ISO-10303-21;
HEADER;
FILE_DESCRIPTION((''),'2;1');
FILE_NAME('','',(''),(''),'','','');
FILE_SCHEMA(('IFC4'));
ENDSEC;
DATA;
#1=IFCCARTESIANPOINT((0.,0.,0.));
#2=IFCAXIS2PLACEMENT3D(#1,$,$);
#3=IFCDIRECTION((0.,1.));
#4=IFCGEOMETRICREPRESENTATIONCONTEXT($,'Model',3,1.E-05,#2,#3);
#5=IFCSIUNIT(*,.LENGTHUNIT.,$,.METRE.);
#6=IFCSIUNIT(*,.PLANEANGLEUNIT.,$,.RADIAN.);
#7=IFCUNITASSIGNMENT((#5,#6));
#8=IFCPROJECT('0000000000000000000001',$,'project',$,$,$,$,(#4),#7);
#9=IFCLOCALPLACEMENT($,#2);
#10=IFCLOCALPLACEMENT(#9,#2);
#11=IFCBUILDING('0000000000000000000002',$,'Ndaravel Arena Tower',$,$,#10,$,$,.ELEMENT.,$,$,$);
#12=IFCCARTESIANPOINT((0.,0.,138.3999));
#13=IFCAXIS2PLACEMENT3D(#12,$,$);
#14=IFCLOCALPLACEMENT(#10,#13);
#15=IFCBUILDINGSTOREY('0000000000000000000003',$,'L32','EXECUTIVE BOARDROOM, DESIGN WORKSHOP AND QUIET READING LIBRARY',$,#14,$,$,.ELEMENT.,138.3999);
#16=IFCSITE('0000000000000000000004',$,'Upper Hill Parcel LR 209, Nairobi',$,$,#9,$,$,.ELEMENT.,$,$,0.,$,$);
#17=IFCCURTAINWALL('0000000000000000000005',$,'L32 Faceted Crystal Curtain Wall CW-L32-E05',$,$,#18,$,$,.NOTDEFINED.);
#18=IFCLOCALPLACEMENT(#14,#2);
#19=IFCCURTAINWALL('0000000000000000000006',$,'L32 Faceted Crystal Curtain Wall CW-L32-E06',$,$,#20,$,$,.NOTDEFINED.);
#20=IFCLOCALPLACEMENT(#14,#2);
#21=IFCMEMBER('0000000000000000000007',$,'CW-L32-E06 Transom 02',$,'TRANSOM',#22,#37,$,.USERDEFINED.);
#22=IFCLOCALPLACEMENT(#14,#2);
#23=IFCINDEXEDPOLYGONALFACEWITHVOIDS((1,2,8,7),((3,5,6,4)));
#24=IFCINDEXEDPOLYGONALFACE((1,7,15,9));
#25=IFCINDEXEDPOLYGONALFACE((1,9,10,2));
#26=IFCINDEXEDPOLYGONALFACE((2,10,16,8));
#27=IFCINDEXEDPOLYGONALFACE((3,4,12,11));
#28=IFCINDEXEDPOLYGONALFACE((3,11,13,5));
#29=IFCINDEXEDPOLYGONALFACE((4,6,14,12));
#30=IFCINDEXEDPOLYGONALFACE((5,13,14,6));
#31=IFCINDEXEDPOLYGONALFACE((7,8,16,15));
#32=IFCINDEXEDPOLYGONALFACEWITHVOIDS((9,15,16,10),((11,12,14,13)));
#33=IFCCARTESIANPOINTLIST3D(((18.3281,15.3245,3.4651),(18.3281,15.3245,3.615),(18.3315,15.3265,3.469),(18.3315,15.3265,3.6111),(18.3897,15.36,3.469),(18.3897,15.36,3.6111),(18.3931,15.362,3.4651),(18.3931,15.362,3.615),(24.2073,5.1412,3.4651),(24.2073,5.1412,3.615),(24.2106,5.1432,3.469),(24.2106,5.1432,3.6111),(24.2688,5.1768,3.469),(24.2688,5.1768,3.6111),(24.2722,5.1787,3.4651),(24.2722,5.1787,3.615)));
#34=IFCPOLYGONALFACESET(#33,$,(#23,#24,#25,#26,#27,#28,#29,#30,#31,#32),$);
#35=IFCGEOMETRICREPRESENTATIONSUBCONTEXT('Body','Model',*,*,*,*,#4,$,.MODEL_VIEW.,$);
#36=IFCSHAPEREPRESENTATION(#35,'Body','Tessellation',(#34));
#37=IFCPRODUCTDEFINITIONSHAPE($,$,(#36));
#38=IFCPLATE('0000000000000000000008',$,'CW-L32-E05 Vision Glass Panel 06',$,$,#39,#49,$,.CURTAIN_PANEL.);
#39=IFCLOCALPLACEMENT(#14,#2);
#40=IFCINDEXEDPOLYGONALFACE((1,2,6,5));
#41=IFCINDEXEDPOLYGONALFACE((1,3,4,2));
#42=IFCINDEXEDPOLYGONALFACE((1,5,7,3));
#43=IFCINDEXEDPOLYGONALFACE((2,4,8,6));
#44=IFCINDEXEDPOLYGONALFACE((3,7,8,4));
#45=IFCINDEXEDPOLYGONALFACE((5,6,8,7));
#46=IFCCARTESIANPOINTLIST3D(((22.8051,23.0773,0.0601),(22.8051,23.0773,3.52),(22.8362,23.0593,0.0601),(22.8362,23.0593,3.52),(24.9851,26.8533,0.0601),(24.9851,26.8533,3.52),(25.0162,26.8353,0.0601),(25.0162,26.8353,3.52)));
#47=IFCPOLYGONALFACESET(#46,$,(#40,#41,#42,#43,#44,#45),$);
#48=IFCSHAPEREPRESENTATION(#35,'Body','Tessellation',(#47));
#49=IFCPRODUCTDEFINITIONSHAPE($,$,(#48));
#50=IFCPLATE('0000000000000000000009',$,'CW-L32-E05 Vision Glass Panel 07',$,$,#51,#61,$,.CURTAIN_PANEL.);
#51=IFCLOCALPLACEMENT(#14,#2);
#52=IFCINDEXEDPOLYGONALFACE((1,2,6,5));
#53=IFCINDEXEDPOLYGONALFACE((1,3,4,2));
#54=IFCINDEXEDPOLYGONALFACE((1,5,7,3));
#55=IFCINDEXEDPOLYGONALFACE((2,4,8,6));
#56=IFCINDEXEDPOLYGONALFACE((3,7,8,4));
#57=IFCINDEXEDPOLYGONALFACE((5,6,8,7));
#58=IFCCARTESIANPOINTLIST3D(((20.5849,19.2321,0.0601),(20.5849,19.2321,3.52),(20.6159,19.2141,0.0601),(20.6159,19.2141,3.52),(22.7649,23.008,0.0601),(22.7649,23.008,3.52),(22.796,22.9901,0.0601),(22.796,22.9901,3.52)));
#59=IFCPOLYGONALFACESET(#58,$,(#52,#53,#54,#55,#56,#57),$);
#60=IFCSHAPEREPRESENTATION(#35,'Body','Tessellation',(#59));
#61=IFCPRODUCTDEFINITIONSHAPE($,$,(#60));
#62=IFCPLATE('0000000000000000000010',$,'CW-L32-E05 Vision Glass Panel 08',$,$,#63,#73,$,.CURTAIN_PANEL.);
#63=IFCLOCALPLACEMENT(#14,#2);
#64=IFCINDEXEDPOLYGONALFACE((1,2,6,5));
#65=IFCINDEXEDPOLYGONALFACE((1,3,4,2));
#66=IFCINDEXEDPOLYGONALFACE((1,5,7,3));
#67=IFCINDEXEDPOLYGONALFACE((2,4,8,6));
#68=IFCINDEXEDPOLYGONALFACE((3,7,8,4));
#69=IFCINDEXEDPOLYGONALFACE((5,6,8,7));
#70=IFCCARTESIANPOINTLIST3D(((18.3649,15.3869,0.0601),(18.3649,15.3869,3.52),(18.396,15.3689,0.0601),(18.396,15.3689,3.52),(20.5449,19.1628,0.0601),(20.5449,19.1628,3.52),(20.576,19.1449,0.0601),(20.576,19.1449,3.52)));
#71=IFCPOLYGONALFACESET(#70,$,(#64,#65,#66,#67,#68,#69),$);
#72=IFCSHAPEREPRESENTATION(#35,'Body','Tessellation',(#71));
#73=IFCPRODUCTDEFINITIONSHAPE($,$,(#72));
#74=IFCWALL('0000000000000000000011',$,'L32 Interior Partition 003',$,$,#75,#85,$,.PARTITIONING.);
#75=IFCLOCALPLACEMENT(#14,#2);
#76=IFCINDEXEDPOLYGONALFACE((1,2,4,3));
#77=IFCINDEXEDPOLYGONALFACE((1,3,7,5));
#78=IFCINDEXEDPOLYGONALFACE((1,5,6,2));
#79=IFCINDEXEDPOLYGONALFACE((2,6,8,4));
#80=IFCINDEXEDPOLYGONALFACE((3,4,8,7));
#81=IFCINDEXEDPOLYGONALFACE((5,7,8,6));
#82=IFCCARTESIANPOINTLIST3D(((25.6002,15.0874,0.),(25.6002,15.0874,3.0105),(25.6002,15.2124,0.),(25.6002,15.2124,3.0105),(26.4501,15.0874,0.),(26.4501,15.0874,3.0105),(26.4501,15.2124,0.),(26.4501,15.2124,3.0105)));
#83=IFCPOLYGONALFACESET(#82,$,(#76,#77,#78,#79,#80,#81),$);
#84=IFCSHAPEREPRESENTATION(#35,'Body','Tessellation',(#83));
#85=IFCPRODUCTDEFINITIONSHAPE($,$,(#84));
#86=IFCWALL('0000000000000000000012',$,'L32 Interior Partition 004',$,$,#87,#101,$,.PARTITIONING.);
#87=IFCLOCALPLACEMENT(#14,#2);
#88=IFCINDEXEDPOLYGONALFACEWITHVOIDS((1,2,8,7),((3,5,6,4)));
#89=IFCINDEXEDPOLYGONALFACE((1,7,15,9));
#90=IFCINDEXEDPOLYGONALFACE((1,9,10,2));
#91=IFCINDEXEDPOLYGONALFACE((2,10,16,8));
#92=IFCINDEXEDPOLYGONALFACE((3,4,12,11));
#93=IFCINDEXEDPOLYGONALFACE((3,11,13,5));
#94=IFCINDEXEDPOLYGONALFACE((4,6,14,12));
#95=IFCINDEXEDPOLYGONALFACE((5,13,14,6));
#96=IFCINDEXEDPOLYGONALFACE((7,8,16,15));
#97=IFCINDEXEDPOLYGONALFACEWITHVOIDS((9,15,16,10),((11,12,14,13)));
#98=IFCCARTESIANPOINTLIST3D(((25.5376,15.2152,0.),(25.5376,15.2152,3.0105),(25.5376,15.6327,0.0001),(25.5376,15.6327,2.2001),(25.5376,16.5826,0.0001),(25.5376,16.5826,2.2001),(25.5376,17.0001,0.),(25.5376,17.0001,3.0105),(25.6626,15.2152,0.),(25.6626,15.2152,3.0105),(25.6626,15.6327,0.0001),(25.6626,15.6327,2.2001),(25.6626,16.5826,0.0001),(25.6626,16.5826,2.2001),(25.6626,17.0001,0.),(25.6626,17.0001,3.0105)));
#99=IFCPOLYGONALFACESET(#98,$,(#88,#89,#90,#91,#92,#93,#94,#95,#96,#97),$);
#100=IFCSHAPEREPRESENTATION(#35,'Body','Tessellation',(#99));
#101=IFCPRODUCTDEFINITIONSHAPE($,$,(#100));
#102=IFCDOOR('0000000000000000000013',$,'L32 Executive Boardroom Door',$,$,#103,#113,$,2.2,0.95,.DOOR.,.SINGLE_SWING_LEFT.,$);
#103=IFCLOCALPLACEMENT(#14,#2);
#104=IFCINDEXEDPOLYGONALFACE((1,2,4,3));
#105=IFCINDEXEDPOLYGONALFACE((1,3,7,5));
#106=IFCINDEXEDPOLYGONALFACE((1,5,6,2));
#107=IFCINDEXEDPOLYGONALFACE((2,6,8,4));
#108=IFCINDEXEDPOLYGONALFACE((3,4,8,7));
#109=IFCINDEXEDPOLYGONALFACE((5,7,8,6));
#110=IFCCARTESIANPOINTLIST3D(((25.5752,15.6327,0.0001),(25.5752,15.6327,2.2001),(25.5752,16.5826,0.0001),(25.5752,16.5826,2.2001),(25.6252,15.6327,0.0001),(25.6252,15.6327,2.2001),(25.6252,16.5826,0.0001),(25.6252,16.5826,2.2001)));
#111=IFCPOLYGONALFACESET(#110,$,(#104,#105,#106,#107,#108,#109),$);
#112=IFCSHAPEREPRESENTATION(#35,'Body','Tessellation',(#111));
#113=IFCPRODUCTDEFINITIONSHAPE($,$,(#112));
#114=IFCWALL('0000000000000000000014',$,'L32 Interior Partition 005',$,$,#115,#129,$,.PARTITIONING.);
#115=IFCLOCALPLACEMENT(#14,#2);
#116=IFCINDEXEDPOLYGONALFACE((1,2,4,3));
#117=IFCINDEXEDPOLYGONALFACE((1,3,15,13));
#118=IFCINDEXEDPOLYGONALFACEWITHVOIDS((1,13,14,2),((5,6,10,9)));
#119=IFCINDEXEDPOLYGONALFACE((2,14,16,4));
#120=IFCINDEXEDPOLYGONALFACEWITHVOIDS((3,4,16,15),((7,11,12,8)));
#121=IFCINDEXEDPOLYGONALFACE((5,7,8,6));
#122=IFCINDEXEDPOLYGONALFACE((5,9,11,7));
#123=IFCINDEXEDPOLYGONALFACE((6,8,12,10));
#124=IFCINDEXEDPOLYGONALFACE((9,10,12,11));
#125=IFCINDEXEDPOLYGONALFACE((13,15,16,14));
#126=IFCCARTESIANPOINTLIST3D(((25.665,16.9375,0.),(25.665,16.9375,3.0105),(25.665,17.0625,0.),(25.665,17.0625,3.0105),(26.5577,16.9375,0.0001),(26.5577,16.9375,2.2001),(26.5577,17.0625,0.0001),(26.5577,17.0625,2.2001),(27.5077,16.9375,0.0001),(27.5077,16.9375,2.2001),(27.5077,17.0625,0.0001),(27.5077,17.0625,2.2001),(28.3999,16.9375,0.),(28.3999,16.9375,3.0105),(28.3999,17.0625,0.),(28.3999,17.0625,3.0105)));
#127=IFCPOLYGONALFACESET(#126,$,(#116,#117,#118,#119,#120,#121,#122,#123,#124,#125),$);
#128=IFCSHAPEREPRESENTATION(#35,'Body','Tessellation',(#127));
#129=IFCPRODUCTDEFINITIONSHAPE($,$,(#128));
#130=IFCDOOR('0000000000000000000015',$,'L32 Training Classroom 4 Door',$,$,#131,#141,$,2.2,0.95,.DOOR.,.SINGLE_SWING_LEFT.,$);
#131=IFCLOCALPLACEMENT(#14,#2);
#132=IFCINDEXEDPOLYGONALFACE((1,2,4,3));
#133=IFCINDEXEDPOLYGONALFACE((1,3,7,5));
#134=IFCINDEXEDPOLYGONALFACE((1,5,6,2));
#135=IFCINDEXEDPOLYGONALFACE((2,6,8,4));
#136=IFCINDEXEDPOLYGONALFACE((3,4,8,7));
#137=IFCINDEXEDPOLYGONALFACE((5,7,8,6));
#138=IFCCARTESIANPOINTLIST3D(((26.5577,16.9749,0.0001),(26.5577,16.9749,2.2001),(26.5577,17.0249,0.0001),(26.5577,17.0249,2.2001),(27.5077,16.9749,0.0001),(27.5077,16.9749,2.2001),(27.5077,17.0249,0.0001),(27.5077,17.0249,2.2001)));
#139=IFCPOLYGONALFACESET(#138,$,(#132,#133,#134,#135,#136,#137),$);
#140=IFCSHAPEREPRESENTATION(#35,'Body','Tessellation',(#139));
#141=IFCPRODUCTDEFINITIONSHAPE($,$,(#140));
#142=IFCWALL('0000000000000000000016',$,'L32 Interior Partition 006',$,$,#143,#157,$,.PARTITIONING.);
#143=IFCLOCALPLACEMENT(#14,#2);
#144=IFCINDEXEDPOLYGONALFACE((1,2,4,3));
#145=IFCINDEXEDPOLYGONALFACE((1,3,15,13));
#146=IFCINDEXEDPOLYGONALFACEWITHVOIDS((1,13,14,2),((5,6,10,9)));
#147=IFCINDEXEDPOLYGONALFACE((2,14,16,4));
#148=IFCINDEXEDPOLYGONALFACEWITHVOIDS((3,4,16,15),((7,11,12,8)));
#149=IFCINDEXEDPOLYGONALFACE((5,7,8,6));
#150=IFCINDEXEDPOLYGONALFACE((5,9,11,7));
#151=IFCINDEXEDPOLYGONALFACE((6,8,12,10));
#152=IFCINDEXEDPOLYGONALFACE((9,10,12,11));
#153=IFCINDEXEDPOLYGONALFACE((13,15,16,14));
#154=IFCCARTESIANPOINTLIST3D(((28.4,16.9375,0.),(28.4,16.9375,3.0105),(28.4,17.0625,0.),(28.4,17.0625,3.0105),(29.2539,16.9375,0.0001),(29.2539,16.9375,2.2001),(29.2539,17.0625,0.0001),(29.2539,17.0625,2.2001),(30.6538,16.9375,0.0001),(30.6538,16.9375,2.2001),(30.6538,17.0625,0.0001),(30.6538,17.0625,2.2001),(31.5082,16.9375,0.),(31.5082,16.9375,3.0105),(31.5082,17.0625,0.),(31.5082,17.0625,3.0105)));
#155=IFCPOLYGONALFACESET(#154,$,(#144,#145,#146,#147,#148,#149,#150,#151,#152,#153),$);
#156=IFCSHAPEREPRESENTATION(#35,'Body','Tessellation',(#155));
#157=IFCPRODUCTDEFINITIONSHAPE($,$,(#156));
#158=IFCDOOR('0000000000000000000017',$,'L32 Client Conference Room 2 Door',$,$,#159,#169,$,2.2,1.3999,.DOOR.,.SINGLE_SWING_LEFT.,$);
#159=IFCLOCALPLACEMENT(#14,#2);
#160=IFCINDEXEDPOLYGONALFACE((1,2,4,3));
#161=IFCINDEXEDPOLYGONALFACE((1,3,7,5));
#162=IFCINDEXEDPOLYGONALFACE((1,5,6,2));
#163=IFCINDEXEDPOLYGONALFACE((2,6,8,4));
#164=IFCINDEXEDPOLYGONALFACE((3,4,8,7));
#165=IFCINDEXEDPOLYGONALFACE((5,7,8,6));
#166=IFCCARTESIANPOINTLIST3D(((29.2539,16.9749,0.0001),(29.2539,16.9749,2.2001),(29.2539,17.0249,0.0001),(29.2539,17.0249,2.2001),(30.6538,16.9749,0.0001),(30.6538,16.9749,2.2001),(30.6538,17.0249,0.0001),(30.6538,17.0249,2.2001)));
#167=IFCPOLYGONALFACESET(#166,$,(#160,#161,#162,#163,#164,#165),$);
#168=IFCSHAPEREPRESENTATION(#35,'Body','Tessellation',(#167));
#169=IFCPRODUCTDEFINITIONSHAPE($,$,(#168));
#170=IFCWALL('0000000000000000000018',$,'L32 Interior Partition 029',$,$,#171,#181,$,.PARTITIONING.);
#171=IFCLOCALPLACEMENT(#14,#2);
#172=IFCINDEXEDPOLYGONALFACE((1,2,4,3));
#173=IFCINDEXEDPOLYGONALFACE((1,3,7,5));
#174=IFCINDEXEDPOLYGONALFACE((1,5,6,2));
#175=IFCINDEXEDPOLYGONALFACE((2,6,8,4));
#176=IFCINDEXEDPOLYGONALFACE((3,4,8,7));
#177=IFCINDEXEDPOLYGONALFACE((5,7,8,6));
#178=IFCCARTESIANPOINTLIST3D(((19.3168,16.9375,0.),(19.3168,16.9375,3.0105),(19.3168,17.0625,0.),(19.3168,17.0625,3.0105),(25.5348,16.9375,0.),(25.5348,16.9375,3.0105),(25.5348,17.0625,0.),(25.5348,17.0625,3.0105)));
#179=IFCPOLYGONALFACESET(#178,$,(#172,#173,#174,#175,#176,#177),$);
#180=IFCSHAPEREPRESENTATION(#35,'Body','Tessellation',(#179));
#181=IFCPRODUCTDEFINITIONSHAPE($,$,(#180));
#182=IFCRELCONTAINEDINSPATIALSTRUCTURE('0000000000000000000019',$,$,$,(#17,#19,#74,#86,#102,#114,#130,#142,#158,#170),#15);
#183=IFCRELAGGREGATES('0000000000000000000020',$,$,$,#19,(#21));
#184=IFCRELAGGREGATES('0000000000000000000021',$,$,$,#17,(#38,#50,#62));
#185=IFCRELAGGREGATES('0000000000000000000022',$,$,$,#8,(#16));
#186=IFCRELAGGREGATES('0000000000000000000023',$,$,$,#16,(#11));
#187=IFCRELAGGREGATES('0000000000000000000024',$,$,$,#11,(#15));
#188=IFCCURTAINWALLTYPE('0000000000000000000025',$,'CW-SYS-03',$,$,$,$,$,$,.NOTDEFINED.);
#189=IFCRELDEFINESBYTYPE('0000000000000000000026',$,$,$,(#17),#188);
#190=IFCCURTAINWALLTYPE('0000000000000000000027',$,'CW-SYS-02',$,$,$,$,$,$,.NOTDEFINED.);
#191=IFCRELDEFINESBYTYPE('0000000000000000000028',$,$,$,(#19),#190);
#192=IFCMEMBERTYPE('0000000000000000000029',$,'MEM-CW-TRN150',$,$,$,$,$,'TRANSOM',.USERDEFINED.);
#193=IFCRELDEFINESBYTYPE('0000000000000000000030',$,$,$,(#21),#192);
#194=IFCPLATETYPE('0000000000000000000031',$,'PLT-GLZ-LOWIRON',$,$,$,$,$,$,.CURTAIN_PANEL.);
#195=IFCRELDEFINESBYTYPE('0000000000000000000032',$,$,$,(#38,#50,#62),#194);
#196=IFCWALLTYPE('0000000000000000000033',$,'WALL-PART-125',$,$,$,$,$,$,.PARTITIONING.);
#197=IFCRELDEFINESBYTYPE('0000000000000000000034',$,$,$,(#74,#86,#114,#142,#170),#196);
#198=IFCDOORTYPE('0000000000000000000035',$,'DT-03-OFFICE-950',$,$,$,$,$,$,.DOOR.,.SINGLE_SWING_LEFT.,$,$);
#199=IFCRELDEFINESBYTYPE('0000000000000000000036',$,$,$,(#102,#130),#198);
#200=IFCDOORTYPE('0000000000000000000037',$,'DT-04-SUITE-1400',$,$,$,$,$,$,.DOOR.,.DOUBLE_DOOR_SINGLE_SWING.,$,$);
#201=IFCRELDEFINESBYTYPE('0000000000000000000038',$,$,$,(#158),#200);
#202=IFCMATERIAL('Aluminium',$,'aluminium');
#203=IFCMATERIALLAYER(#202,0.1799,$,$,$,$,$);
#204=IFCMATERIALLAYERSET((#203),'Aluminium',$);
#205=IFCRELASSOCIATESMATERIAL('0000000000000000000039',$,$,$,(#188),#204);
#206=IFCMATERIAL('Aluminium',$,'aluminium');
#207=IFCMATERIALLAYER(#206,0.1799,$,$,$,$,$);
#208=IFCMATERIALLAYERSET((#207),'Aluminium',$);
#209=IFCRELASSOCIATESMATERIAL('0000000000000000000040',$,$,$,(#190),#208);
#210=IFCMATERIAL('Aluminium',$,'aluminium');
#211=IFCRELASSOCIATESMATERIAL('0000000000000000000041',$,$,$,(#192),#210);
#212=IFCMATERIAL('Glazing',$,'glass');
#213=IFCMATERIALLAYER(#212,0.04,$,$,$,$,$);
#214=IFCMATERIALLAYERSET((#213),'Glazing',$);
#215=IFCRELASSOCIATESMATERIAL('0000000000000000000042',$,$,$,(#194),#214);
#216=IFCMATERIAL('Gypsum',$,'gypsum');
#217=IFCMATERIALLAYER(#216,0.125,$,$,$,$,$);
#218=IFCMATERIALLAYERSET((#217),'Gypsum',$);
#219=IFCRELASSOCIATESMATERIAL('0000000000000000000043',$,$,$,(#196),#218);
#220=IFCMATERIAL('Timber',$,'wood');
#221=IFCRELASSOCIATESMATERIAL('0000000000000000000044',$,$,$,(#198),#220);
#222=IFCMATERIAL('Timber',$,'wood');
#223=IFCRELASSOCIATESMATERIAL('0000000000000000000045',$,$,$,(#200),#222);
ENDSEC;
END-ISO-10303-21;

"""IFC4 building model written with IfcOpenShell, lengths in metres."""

from ifc_helpers import new_model, si_unit, direction, frame, frame_2d, origin, origin_2d, place, context, subcontext, project, spatial, rectangle, hollow_rectangle, extrude, material, layer, layer_set, material_profile, profile_set, type_object, element, fill, aggregate, save


model = new_model("IFC4")

# Units and contexts
model_context = context("Model", 3, precision=1e-05, world=origin(), true_north=direction((0.0, 1.0)))
body_context = subcontext(model_context, "Body", "Model", "MODEL_VIEW")
ifc_project = project(units=[si_unit("LENGTHUNIT", "METRE"), si_unit("PLANEANGLEUNIT", "RADIAN")], contexts=[model_context])

# Site, building, storey
site_placement = place(None, origin())
site = spatial("IfcSite", under=ifc_project, at=site_placement, Name="Upper Hill Parcel LR 209, Nairobi", CompositionType="ELEMENT", RefElevation=0.0)
building_placement = place(site_placement, origin())
building = spatial("IfcBuilding", under=site, at=building_placement, Name="Ndaravel Arena Tower", CompositionType="ELEMENT")
storey_placement = place(building_placement, frame((0.0, 0.0, 138.3999)))
storey = spatial("IfcBuildingStorey", under=building, at=storey_placement, Name="L32", Description="EXECUTIVE BOARDROOM, DESIGN WORKSHOP AND QUIET READING LIBRARY", CompositionType="ELEMENT", Elevation=138.3999)

# Curtain walls, member
ifc_material_1 = material(Name="Aluminium", Category="aluminium")
ifc_layer_1 = layer(ifc_material_1, 0.1799)
ifc_layer_set_1 = layer_set([ifc_layer_1], Name="Aluminium")
curtain_wall_type_1 = type_object("IfcCurtainWallType", Name="CW-SYS-03", PredefinedType="NOTDEFINED", material=ifc_layer_set_1)
curtain_wall_1_placement = place(storey_placement, origin())
curtain_wall_1 = element("IfcCurtainWall", 1, at=curtain_wall_1_placement, inside=storey, type_object=curtain_wall_type_1, Name="L32 Faceted Crystal Curtain Wall CW-L32-E05", PredefinedType="NOTDEFINED")
ifc_material_2 = material(Name="Aluminium", Category="aluminium")
ifc_layer_2 = layer(ifc_material_2, 0.1799)
ifc_layer_set_2 = layer_set([ifc_layer_2], Name="Aluminium")
curtain_wall_type_2 = type_object("IfcCurtainWallType", Name="CW-SYS-02", PredefinedType="NOTDEFINED", material=ifc_layer_set_2)
curtain_wall_2_placement = place(storey_placement, origin())
curtain_wall_2 = element("IfcCurtainWall", 2, at=curtain_wall_2_placement, inside=storey, type_object=curtain_wall_type_2, Name="L32 Faceted Crystal Curtain Wall CW-L32-E06", PredefinedType="NOTDEFINED")
ifc_material_3 = material(Name="Aluminium", Category="aluminium")
ifc_material_profile_1 = material_profile(ifc_material_3, hollow_rectangle(XDim=0.075, YDim=0.1499, WallThickness=0.0039, at=origin_2d()), Name="CW TRANSOM 75x150x4")
ifc_profile_set_1 = profile_set([ifc_material_profile_1], Name="Aluminium")
member_type_1 = type_object("IfcMemberType", Name="MEM-CW-TRN150", ElementType="TRANSOM", PredefinedType="USERDEFINED", material=ifc_profile_set_1)
member_1_placement = place(storey_placement, frame((18.3606, 15.3433, 3.54), z_axis=(0.499987, -0.866033, 0.0), x_axis=(0.866033, 0.499987, 0.0)))
member_1 = element("IfcMember", 3, at=member_1_placement, type_object=member_type_1, Name="CW-L32-E06 Transom 02", ObjectType="TRANSOM", PredefinedType="USERDEFINED", context=body_context, shape_type="SweptSolid", body=[
    extrude(hollow_rectangle(XDim=0.075, YDim=0.1499, WallThickness=0.0039, at=origin_2d()), origin(), (0.0, 0.0, 1.0), 11.7585),
])
aggregate(curtain_wall_2, [member_1])

# Plates
ifc_material_4 = material(Name="Glazing", Category="glass")
ifc_layer_3 = layer(ifc_material_4, 0.04)
ifc_layer_set_3 = layer_set([ifc_layer_3], Name="Glazing")
plate_type = type_object("IfcPlateType", Name="PLT-GLZ-LOWIRON", PredefinedType="CURTAIN_PANEL", material=ifc_layer_set_3)
plate_1_placement = place(storey_placement, frame((23.9106, 24.9563, 0.0601), z_axis=(0.0, 0.0, 1.0), x_axis=(-0.5, -0.866025, 0.0)))
plate_1 = element("IfcPlate", 4, at=plate_1_placement, type_object=plate_type, Name="CW-L32-E05 Vision Glass Panel 06", PredefinedType="CURTAIN_PANEL", context=body_context, shape_type="SweptSolid", body=[
    extrude(rectangle(XDim=4.3601, YDim=0.0359, at=origin_2d()), origin(), (0.0, 0.0, 1.0), 3.46),
])
plate_2_placement = place(storey_placement, frame((21.6904, 21.1111, 0.0601), z_axis=(0.0, 0.0, 1.0), x_axis=(-0.5, -0.866025, 0.0)))
plate_2 = element("IfcPlate", 5, at=plate_2_placement, type_object=plate_type, Name="CW-L32-E05 Vision Glass Panel 07", PredefinedType="CURTAIN_PANEL", context=body_context, shape_type="SweptSolid", body=[
    extrude(rectangle(XDim=4.3601, YDim=0.0359, at=origin_2d()), origin(), (0.0, 0.0, 1.0), 3.46),
])
plate_3_placement = place(storey_placement, frame((19.4705, 17.2659, 0.0601), z_axis=(0.0, 0.0, 1.0), x_axis=(-0.5, -0.866025, 0.0)))
plate_3 = element("IfcPlate", 6, at=plate_3_placement, type_object=plate_type, Name="CW-L32-E05 Vision Glass Panel 08", PredefinedType="CURTAIN_PANEL", context=body_context, shape_type="SweptSolid", body=[
    extrude(rectangle(XDim=4.3601, YDim=0.0359, at=origin_2d()), origin(), (0.0, 0.0, 1.0), 3.46),
])
aggregate(curtain_wall_1, [plate_1, plate_2, plate_3])

# Wall
ifc_material_5 = material(Name="Gypsum", Category="gypsum")
ifc_layer_4 = layer(ifc_material_5, 0.125)
ifc_layer_set_4 = layer_set([ifc_layer_4], Name="Gypsum")
wall_type_1 = type_object("IfcWallType", Name="WALL-PART-125", PredefinedType="PARTITIONING", material=ifc_layer_set_4)
wall_1_placement = place(storey_placement, frame((26.45, 15.1499, 0.0), z_axis=(0.0, 0.0, 1.0), x_axis=(-1.0, 0.0, 0.0)))
element("IfcWall", 7, at=wall_1_placement, inside=storey, type_object=wall_type_1, Name="L32 Interior Partition 003", PredefinedType="PARTITIONING", context=body_context, shape_type="SweptSolid", body=[
    extrude(rectangle(XDim=0.8499, YDim=0.125, at=frame_2d((0.4248, 0.0))), origin(), (0.0, 0.0, 1.0), 3.0105),
])

# Walls, openings, doors
wall_2_placement = place(storey_placement, frame((25.6001, 15.2151, 0.0), z_axis=(0.0, 0.0, 1.0), x_axis=(0.0, 1.0, 0.0)))
wall_2 = element("IfcWall", 8, at=wall_2_placement, inside=storey, type_object=wall_type_1, Name="L32 Interior Partition 004", PredefinedType="PARTITIONING", context=body_context, shape_type="SweptSolid", body=[
    extrude(rectangle(XDim=1.7849, YDim=0.125, at=frame_2d((0.8926, 0.0))), origin(), (0.0, 0.0, 1.0), 3.0105),
])
opening_1_placement = place(wall_2_placement, frame((0.4175, 0.0, 0.0)))
opening_1 = element("IfcOpeningElement", 9, at=opening_1_placement, cuts=wall_2, PredefinedType="OPENING", context=body_context, shape_type="SweptSolid", body=[
    extrude(rectangle(XDim=0.95, YDim=2.2, at=frame_2d((0.4751, 1.1001))), frame((0.0, 0.0625, 0.0), z_axis=(0.0, -1.0, 0.0), x_axis=(1.0, 0.0, 0.0)), (0.0, 0.0, 1.0), 0.125),
])
ifc_material_6 = material(Name="Timber", Category="wood")
door_type_1 = type_object("IfcDoorType", Name="DT-03-OFFICE-950", OperationType="SINGLE_SWING_LEFT", PredefinedType="DOOR", material=ifc_material_6)
door_1_placement = place(opening_1_placement, origin())
door_1 = element("IfcDoor", 10, at=door_1_placement, inside=storey, type_object=door_type_1, Name="L32 Executive Boardroom Door", OperationType="SINGLE_SWING_LEFT", OverallHeight=2.2, OverallWidth=0.95, PredefinedType="DOOR", context=body_context, shape_type="SweptSolid", body=[
    extrude(rectangle(XDim=0.95, YDim=2.2, at=frame_2d((0.4751, 1.1001))), frame((0.0, 0.0249, 0.0), z_axis=(0.0, -1.0, 0.0), x_axis=(1.0, 0.0, 0.0)), (0.0, 0.0, 1.0), 0.05),
])
fill(opening_1, door_1)
wall_3_placement = place(storey_placement, frame((25.665, 17.0, 0.0), z_axis=(0.0, 0.0, 1.0), x_axis=(1.0, 0.0, 0.0)))
wall_3 = element("IfcWall", 11, at=wall_3_placement, inside=storey, type_object=wall_type_1, Name="L32 Interior Partition 005", PredefinedType="PARTITIONING", context=body_context, shape_type="SweptSolid", body=[
    extrude(rectangle(XDim=2.7349, YDim=0.125, at=frame_2d((1.3674, 0.0))), origin(), (0.0, 0.0, 1.0), 3.0105),
])
opening_2_placement = place(wall_3_placement, frame((0.8926, 0.0, 0.0)))
opening_2 = element("IfcOpeningElement", 12, at=opening_2_placement, cuts=wall_3, PredefinedType="OPENING", context=body_context, shape_type="SweptSolid", body=[
    extrude(rectangle(XDim=0.95, YDim=2.2, at=frame_2d((0.4751, 1.1001))), frame((0.0, 0.0625, 0.0), z_axis=(0.0, -1.0, 0.0), x_axis=(1.0, 0.0, 0.0)), (0.0, 0.0, 1.0), 0.125),
])
door_2_placement = place(opening_2_placement, origin())
door_2 = element("IfcDoor", 13, at=door_2_placement, inside=storey, type_object=door_type_1, Name="L32 Training Classroom 4 Door", OperationType="SINGLE_SWING_LEFT", OverallHeight=2.2, OverallWidth=0.95, PredefinedType="DOOR", context=body_context, shape_type="SweptSolid", body=[
    extrude(rectangle(XDim=0.95, YDim=2.2, at=frame_2d((0.4751, 1.1001))), frame((0.0, 0.0249, 0.0), z_axis=(0.0, -1.0, 0.0), x_axis=(1.0, 0.0, 0.0)), (0.0, 0.0, 1.0), 0.05),
])
fill(opening_2, door_2)
wall_4_placement = place(storey_placement, frame((28.3999, 17.0, 0.0), z_axis=(0.0, 0.0, 1.0), x_axis=(1.0, 0.0, 0.0)))
wall_4 = element("IfcWall", 14, at=wall_4_placement, inside=storey, type_object=wall_type_1, Name="L32 Interior Partition 006", PredefinedType="PARTITIONING", context=body_context, shape_type="SweptSolid", body=[
    extrude(rectangle(XDim=3.1082, YDim=0.125, at=frame_2d((1.5542, 0.0))), origin(), (0.0, 0.0, 1.0), 3.0105),
])
opening_3_placement = place(wall_4_placement, frame((0.854, 0.0, 0.0)))
opening_3 = element("IfcOpeningElement", 15, at=opening_3_placement, cuts=wall_4, PredefinedType="OPENING", context=body_context, shape_type="SweptSolid", body=[
    extrude(rectangle(XDim=1.3999, YDim=2.2, at=frame_2d((0.7, 1.1001))), frame((0.0, 0.0625, 0.0), z_axis=(0.0, -1.0, 0.0), x_axis=(1.0, 0.0, 0.0)), (0.0, 0.0, 1.0), 0.125),
])
ifc_material_7 = material(Name="Timber", Category="wood")
door_type_2 = type_object("IfcDoorType", Name="DT-04-SUITE-1400", OperationType="DOUBLE_DOOR_SINGLE_SWING", PredefinedType="DOOR", material=ifc_material_7)
door_3_placement = place(opening_3_placement, origin())
door_3 = element("IfcDoor", 16, at=door_3_placement, inside=storey, type_object=door_type_2, Name="L32 Client Conference Room 2 Door", OperationType="SINGLE_SWING_LEFT", OverallHeight=2.2, OverallWidth=1.3999, PredefinedType="DOOR", context=body_context, shape_type="SweptSolid", body=[
    extrude(rectangle(XDim=1.3999, YDim=2.2, at=frame_2d((0.7, 1.1001))), frame((0.0, 0.0249, 0.0), z_axis=(0.0, -1.0, 0.0), x_axis=(1.0, 0.0, 0.0)), (0.0, 0.0, 1.0), 0.05),
])
fill(opening_3, door_3)

# Wall
wall_5_placement = place(storey_placement, frame((19.3169, 17.0, 0.0), z_axis=(0.0, 0.0, 1.0), x_axis=(1.0, 0.0, 0.0)))
element("IfcWall", 17, at=wall_5_placement, inside=storey, type_object=wall_type_1, Name="L32 Interior Partition 029", PredefinedType="PARTITIONING", context=body_context, shape_type="SweptSolid", body=[
    extrude(rectangle(XDim=6.218, YDim=0.125, at=frame_2d((3.1089, 0.0))), origin(), (0.0, 0.0, 1.0), 3.0105),
])

save(model, "model.ifc")
